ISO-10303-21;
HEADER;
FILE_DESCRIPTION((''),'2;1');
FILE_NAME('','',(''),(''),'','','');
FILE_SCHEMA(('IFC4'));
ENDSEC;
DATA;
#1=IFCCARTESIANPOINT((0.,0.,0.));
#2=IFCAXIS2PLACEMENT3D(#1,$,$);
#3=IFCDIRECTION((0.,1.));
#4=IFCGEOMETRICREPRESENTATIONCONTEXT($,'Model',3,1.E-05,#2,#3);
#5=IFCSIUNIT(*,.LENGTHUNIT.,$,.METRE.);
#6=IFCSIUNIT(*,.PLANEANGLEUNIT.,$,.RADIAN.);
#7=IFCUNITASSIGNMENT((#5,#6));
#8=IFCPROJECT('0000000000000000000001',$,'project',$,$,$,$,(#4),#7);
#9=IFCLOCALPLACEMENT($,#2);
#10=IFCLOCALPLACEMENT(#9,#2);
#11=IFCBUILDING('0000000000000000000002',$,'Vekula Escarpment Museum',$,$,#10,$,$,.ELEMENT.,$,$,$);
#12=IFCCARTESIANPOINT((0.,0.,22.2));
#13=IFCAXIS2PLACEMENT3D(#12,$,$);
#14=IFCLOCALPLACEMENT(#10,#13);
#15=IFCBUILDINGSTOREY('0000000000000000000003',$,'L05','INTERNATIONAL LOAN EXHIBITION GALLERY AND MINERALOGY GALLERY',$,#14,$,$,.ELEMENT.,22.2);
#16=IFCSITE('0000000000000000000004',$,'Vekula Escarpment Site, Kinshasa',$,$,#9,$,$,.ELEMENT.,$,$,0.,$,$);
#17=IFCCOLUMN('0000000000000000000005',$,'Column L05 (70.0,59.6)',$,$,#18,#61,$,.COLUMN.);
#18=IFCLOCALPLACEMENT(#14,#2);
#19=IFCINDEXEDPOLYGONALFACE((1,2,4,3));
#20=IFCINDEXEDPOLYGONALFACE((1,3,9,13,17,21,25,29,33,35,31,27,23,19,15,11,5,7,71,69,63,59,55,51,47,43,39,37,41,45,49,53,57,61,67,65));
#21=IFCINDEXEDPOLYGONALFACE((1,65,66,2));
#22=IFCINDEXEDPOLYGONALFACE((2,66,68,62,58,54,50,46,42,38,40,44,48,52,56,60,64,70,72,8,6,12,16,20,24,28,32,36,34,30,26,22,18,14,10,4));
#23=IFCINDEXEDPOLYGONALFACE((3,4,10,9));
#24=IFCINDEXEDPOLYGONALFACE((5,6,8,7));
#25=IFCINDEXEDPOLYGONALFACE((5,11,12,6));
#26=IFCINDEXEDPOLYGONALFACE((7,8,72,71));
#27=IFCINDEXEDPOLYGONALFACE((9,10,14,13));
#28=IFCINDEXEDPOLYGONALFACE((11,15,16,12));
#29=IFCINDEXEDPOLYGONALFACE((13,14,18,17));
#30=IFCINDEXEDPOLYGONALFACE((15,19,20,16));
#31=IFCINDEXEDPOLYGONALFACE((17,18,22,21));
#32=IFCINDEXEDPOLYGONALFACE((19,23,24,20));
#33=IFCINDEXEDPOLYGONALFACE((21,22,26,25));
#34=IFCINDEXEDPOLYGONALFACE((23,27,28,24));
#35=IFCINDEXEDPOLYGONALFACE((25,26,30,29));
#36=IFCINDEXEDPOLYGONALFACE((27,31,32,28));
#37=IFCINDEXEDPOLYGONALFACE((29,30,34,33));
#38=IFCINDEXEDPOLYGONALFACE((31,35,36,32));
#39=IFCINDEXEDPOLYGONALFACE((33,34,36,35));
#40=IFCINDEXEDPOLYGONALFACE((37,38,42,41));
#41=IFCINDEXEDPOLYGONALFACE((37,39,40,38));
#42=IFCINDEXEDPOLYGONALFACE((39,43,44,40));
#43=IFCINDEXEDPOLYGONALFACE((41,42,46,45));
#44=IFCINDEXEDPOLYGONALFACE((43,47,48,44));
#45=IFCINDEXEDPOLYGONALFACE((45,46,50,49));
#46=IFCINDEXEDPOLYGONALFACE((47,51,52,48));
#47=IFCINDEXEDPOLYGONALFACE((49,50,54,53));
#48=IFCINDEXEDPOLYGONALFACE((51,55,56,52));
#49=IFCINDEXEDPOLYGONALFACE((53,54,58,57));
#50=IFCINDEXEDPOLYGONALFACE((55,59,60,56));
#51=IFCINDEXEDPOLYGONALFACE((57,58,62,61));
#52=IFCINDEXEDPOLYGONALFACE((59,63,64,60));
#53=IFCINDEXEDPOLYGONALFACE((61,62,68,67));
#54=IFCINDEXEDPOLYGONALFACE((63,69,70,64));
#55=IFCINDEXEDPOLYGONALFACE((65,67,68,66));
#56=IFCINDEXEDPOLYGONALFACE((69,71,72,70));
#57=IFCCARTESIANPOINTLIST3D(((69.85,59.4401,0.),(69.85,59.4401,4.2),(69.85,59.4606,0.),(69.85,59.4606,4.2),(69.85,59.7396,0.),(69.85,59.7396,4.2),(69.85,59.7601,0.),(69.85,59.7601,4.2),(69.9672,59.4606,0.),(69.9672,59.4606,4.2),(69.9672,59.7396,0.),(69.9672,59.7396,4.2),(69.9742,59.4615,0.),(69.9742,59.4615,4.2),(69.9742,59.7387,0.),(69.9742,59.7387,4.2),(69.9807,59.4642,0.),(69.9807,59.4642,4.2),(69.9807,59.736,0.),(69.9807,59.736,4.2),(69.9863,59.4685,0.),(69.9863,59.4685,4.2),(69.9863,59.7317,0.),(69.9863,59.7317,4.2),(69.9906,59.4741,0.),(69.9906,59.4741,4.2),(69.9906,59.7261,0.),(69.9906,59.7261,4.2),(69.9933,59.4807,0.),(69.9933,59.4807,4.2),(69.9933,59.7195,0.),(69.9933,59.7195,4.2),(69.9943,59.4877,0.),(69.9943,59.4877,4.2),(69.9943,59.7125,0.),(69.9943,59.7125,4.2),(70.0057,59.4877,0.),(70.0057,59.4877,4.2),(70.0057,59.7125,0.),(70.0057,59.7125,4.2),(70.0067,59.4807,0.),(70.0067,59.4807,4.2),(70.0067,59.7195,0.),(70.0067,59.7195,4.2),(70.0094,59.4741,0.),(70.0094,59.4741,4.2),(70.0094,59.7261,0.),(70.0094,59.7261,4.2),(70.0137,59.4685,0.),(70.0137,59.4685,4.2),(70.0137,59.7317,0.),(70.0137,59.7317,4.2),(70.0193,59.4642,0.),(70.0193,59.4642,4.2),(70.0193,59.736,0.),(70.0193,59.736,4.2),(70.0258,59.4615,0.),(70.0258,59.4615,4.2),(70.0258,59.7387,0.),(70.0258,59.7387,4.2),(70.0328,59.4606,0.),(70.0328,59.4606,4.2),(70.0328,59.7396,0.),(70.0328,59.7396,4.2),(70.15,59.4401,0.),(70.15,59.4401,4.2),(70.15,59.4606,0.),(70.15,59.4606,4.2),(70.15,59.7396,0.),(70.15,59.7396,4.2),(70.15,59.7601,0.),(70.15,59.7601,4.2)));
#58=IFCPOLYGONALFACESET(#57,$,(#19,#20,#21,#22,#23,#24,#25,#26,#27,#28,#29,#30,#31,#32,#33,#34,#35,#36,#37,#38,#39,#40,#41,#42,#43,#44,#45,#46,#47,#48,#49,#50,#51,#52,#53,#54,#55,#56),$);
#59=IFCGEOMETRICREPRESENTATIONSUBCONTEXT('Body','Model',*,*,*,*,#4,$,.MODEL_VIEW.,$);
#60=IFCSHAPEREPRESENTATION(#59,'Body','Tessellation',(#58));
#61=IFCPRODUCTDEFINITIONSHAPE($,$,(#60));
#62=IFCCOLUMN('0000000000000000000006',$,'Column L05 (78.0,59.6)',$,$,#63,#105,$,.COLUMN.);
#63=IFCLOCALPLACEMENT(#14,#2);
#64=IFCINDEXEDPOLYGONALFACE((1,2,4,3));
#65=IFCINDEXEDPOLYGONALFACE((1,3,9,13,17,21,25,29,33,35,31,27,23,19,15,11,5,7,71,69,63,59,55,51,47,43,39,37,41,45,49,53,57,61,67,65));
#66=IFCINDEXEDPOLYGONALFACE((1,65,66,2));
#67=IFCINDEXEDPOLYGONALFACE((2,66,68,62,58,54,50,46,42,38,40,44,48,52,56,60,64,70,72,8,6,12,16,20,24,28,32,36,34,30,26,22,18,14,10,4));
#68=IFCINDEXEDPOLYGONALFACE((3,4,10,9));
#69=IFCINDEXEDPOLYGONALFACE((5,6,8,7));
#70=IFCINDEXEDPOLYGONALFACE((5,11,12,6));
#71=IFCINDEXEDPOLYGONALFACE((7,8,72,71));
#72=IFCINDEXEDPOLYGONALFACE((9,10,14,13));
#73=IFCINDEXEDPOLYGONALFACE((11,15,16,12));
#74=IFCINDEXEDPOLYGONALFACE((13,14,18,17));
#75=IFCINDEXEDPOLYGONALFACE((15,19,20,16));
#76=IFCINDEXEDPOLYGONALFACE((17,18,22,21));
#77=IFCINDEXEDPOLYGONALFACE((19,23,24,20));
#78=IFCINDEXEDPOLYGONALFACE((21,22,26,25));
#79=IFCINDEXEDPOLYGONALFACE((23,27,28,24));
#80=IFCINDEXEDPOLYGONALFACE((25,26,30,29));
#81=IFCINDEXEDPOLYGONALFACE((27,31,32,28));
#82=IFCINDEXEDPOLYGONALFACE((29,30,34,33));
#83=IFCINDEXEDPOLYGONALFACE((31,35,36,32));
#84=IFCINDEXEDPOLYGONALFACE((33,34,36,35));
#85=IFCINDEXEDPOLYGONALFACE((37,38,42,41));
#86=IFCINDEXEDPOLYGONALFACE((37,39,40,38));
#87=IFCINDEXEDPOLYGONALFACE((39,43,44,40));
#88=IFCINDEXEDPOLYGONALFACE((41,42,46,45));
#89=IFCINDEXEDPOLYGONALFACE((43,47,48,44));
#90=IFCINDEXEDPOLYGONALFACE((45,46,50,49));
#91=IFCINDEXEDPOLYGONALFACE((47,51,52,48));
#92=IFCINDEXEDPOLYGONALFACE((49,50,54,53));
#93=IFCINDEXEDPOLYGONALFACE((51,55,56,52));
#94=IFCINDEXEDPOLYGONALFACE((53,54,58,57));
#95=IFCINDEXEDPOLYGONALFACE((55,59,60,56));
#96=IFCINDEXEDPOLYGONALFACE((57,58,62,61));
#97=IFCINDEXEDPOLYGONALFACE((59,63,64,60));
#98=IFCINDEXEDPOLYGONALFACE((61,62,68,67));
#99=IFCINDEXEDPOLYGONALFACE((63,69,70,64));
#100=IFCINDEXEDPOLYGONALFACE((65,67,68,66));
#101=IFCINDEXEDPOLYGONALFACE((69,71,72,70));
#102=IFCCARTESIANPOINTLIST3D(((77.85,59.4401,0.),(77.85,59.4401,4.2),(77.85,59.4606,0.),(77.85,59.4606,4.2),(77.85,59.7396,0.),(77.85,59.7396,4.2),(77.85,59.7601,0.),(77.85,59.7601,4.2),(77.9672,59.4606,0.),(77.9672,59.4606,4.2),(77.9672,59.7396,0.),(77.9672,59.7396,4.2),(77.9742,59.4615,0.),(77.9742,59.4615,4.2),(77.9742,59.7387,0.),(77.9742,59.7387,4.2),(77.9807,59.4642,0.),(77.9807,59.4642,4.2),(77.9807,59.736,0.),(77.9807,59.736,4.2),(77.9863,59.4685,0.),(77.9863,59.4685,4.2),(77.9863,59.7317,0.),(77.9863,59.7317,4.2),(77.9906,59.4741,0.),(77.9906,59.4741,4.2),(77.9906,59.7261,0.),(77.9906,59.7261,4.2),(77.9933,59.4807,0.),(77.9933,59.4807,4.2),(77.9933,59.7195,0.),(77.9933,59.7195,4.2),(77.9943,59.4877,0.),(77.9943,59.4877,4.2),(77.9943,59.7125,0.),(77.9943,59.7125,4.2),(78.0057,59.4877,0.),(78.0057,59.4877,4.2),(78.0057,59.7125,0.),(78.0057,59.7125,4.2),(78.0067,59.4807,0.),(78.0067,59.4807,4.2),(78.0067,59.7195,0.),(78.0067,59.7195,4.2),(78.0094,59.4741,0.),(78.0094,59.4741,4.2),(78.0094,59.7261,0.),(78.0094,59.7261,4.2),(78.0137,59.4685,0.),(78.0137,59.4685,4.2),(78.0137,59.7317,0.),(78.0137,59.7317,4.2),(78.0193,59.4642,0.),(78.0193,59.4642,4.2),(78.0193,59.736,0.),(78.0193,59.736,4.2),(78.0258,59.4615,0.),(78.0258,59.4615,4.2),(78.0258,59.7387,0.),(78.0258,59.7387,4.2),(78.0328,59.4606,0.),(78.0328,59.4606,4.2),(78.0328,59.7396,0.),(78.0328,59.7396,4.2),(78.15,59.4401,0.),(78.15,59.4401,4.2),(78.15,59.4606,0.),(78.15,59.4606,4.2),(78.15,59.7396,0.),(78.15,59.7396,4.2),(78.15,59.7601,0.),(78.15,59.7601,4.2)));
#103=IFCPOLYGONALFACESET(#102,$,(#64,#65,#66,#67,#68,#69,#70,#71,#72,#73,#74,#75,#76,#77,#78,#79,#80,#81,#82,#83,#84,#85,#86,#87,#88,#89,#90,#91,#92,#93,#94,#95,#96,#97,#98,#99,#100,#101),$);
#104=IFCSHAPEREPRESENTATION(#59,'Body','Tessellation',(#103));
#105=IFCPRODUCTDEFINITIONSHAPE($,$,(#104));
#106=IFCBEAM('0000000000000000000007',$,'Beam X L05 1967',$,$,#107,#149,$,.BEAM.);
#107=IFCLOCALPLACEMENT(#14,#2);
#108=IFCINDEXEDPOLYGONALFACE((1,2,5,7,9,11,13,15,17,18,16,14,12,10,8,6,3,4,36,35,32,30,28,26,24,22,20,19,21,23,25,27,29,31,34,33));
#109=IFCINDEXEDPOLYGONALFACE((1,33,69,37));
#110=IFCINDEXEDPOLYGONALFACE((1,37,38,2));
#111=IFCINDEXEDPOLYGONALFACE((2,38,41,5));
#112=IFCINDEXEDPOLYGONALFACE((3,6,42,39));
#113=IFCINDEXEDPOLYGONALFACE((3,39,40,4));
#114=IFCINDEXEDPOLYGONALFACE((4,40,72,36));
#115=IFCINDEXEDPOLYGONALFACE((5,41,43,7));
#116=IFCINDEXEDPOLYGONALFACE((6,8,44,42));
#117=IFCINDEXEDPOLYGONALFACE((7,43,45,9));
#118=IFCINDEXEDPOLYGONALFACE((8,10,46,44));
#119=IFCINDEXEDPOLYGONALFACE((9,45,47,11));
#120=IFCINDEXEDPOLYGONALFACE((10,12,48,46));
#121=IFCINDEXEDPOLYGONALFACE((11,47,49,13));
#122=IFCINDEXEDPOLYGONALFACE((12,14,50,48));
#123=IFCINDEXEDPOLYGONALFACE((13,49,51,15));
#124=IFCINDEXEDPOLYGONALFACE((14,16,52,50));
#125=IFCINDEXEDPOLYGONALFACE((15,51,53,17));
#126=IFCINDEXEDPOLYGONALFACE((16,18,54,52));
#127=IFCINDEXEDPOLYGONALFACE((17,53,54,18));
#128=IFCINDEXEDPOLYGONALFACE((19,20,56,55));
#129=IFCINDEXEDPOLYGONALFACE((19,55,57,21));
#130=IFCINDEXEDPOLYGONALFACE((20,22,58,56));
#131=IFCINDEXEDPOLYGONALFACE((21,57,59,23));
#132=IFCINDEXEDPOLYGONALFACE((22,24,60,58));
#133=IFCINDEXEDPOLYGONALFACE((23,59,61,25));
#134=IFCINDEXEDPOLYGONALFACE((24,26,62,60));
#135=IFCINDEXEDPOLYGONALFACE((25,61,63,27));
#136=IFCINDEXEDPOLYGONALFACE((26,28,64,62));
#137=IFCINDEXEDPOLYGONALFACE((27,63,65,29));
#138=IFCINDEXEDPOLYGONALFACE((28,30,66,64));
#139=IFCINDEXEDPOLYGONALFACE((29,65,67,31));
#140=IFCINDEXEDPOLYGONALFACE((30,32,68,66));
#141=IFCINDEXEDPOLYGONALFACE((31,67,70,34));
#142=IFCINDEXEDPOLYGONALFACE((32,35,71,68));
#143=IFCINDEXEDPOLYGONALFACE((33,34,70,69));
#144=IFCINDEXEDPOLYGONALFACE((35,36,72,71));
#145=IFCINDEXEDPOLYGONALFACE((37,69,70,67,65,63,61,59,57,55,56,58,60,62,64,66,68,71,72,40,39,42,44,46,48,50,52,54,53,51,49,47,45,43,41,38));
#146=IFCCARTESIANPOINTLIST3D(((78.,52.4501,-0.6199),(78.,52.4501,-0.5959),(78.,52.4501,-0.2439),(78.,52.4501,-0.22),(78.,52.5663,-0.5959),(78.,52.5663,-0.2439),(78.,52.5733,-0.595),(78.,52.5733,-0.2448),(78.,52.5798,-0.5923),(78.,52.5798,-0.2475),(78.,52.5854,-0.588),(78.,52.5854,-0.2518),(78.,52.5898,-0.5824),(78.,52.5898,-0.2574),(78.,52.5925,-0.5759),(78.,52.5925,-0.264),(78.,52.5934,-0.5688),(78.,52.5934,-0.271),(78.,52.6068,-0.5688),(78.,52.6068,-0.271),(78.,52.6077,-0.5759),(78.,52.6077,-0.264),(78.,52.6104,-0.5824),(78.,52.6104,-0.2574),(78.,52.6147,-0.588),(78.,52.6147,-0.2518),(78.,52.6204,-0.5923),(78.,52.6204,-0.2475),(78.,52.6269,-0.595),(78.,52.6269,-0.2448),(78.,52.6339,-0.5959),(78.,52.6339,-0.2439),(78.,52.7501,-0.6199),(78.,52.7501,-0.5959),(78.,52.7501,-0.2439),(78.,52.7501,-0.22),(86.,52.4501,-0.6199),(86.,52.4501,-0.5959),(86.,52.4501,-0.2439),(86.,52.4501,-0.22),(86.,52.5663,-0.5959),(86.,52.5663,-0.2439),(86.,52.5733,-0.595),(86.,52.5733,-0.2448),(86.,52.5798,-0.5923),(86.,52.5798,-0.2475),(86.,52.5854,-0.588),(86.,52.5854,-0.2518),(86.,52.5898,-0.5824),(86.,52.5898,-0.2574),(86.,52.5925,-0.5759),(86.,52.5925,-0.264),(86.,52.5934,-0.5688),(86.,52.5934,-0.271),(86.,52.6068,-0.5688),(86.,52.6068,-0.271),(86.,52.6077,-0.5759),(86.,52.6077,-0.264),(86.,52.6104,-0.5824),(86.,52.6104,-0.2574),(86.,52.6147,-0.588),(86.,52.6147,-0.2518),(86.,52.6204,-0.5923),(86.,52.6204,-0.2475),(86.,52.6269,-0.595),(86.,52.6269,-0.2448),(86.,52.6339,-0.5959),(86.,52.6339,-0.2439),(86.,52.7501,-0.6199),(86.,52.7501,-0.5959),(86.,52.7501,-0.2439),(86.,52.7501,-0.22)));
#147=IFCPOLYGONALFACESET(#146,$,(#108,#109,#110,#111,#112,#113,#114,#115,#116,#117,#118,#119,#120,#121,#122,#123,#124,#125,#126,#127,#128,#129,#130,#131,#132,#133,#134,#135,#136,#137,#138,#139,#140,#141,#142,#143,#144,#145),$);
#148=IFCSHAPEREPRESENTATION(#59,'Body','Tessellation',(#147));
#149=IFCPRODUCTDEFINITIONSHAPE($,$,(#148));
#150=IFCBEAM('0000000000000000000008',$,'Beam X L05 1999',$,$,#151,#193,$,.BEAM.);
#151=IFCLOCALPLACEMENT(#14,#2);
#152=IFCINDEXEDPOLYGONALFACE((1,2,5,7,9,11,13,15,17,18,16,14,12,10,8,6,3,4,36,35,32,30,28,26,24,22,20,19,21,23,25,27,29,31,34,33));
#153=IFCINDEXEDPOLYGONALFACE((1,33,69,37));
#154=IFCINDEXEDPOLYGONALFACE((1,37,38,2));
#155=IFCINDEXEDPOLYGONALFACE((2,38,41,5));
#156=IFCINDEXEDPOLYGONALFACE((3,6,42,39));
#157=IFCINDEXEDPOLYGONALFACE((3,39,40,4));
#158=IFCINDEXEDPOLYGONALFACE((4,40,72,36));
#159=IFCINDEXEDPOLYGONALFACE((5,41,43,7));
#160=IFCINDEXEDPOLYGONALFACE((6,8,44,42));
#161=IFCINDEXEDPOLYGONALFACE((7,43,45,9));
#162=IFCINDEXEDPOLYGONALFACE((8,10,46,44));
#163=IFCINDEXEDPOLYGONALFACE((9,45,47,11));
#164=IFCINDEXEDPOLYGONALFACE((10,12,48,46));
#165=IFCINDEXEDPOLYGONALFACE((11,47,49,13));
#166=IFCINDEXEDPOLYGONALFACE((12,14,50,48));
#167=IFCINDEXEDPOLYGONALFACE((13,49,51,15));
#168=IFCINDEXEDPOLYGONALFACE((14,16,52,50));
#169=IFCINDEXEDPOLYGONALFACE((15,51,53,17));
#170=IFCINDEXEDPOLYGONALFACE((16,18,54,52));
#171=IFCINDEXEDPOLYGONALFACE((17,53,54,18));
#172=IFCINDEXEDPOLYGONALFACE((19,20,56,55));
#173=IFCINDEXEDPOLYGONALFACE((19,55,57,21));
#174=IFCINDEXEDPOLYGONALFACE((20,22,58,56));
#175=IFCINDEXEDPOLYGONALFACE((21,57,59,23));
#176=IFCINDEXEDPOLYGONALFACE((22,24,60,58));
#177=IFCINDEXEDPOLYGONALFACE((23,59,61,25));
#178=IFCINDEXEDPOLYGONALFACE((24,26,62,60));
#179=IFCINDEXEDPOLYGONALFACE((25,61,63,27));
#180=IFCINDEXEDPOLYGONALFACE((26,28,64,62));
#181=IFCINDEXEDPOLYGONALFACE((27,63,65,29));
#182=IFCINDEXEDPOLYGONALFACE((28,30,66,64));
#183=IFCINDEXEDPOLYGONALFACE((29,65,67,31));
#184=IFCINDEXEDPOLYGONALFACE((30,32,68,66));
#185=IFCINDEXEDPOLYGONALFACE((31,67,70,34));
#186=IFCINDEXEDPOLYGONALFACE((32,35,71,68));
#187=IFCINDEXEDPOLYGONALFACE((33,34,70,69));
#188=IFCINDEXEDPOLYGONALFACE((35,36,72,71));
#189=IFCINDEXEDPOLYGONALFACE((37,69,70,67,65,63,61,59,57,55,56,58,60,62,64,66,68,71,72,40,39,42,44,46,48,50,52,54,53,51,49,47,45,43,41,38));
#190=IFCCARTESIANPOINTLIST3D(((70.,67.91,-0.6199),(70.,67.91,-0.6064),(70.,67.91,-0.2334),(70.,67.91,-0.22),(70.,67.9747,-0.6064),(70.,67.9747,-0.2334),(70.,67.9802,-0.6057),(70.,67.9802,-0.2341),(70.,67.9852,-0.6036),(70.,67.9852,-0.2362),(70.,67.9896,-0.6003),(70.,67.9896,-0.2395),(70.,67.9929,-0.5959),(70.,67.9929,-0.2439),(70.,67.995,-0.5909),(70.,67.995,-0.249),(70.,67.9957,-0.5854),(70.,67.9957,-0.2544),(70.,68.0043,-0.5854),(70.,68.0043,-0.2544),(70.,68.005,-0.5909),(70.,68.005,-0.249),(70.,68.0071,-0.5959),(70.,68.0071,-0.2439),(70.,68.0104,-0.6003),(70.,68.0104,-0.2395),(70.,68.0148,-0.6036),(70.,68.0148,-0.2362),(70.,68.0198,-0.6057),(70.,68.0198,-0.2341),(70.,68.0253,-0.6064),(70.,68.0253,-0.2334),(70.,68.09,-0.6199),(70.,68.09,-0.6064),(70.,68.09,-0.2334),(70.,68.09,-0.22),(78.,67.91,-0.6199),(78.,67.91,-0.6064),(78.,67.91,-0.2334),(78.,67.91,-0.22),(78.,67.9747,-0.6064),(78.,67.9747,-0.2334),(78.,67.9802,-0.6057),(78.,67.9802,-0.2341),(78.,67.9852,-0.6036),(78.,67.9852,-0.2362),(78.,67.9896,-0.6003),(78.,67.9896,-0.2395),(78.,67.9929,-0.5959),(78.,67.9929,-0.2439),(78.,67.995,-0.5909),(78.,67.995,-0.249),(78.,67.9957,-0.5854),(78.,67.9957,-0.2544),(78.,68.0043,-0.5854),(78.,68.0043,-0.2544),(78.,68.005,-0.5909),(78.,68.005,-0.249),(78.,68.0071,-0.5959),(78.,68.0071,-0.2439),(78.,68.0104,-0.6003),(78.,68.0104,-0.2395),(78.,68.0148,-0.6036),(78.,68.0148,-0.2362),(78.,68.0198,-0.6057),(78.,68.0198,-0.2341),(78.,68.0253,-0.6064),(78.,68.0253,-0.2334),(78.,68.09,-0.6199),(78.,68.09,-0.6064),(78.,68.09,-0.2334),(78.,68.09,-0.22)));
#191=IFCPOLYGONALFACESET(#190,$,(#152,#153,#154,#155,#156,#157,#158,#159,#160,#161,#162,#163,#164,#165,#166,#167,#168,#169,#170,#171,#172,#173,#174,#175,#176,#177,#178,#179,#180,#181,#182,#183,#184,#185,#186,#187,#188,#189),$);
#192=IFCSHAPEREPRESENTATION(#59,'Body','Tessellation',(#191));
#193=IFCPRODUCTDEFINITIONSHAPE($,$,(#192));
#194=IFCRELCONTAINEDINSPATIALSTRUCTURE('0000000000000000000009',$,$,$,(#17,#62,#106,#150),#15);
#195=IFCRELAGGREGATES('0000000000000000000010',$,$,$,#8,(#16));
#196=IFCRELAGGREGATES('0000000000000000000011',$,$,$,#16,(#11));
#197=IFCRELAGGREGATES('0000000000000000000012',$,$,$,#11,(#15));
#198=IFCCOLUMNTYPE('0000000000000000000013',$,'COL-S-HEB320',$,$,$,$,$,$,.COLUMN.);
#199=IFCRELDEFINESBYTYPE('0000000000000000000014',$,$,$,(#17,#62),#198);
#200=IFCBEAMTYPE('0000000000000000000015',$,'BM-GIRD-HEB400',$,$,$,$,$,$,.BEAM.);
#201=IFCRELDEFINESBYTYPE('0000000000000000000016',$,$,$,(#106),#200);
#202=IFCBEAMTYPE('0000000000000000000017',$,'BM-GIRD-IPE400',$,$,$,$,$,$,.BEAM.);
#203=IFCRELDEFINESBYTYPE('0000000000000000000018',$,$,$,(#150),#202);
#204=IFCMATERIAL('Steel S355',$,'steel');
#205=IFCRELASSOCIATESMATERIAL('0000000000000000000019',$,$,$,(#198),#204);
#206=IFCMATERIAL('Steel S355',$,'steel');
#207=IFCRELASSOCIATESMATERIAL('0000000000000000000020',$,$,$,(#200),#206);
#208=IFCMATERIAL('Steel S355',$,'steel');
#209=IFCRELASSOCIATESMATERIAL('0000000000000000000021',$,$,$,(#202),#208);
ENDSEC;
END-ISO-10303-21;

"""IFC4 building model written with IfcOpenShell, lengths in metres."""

from ifc_helpers import new_model, si_unit, direction, frame, origin, origin_2d, place, context, subcontext, project, spatial, i_section, extrude, material, material_profile, profile_set, type_object, element, save


model = new_model("IFC4")

# Units and contexts
model_context = context("Model", 3, precision=1e-05, world=origin(), true_north=direction((0.0, 1.0)))
body_context = subcontext(model_context, "Body", "Model", "MODEL_VIEW")
ifc_project = project(units=[si_unit("LENGTHUNIT", "METRE"), si_unit("PLANEANGLEUNIT", "RADIAN")], contexts=[model_context])

# Site, building, storey
site_placement = place(None, origin())
site = spatial("IfcSite", under=ifc_project, at=site_placement, Name="Vekula Escarpment Site, Kinshasa", CompositionType="ELEMENT", RefElevation=0.0)
building_placement = place(site_placement, origin())
building = spatial("IfcBuilding", under=site, at=building_placement, Name="Vekula Escarpment Museum", CompositionType="ELEMENT")
storey_placement = place(building_placement, frame((0.0, 0.0, 22.2)))
storey = spatial("IfcBuildingStorey", under=building, at=storey_placement, Name="L05", Description="INTERNATIONAL LOAN EXHIBITION GALLERY AND MINERALOGY GALLERY", CompositionType="ELEMENT", Elevation=22.2)

# Columns
ifc_material_1 = material(Name="Steel S355", Category="steel")
ifc_material_profile_1 = material_profile(ifc_material_1, i_section(OverallWidth=0.3, OverallDepth=0.3201, WebThickness=0.0115, FlangeThickness=0.0205, FilletRadius=0.0271, at=origin_2d()), Name="HEB 320")
ifc_profile_set_1 = profile_set([ifc_material_profile_1], Name="Steel S355")
column_type = type_object("IfcColumnType", Name="COL-S-HEB320", PredefinedType="COLUMN", material=ifc_profile_set_1)
for number, where, z_axis, x_axis, name in (
    (1, (70.0, 59.6001, 0.0), (0.0, 0.0, 1.0), (1.0, 0.0, 0.0), "Column L05 (70.0,59.6)"),
    (2, (78.0, 59.6001, 0.0), (0.0, 0.0, 1.0), (1.0, 0.0, 0.0), "Column L05 (78.0,59.6)"),
):
    element("IfcColumn", number, at=place(storey_placement, frame(where, z_axis=z_axis, x_axis=x_axis)), inside=storey, type_object=column_type, Name=name, PredefinedType="COLUMN", context=body_context, shape_type="SweptSolid", body=[
        extrude(i_section(OverallWidth=0.3, OverallDepth=0.3201, WebThickness=0.0115, FlangeThickness=0.0205, FilletRadius=0.0271, at=origin_2d()), origin(), (0.0, 0.0, 1.0), 4.2),
    ])

# Beams
ifc_material_2 = material(Name="Steel S355", Category="steel")
ifc_material_profile_2 = material_profile(ifc_material_2, i_section(OverallWidth=0.3, OverallDepth=0.3999, WebThickness=0.0134, FlangeThickness=0.0239, FilletRadius=0.0271, at=origin_2d()), Name="HEB 400")
ifc_profile_set_2 = profile_set([ifc_material_profile_2], Name="Steel S355")
beam_type_1 = type_object("IfcBeamType", Name="BM-GIRD-HEB400", PredefinedType="BEAM", material=ifc_profile_set_2)
beam_1_placement = place(storey_placement, frame((78.0, 52.6001, -0.4199), z_axis=(1.0, 0.0, 0.0), x_axis=(0.0, 1.0, 0.0)))
element("IfcBeam", 3, at=beam_1_placement, inside=storey, type_object=beam_type_1, Name="Beam X L05 1967", PredefinedType="BEAM", context=body_context, shape_type="SweptSolid", body=[
    extrude(i_section(OverallWidth=0.3, OverallDepth=0.3999, WebThickness=0.0134, FlangeThickness=0.0239, FilletRadius=0.0271, at=origin_2d()), origin(), (0.0, 0.0, 1.0), 8.0),
])
ifc_material_3 = material(Name="Steel S355", Category="steel")
ifc_material_profile_3 = material_profile(ifc_material_3, i_section(OverallWidth=0.1799, OverallDepth=0.3999, WebThickness=0.0085, FlangeThickness=0.0134, FilletRadius=0.021, at=origin_2d()), Name="IPE 400")
ifc_profile_set_3 = profile_set([ifc_material_profile_3], Name="Steel S355")
beam_type_2 = type_object("IfcBeamType", Name="BM-GIRD-IPE400", PredefinedType="BEAM", material=ifc_profile_set_3)
beam_2_placement = place(storey_placement, frame((70.0, 68.0, -0.4199), z_axis=(1.0, 0.0, 0.0), x_axis=(0.0, 1.0, 0.0)))
element("IfcBeam", 4, at=beam_2_placement, inside=storey, type_object=beam_type_2, Name="Beam X L05 1999", PredefinedType="BEAM", context=body_context, shape_type="SweptSolid", body=[
    extrude(i_section(OverallWidth=0.1799, OverallDepth=0.3999, WebThickness=0.0085, FlangeThickness=0.0134, FilletRadius=0.021, at=origin_2d()), origin(), (0.0, 0.0, 1.0), 8.0),
])

save(model, "model.ifc")
